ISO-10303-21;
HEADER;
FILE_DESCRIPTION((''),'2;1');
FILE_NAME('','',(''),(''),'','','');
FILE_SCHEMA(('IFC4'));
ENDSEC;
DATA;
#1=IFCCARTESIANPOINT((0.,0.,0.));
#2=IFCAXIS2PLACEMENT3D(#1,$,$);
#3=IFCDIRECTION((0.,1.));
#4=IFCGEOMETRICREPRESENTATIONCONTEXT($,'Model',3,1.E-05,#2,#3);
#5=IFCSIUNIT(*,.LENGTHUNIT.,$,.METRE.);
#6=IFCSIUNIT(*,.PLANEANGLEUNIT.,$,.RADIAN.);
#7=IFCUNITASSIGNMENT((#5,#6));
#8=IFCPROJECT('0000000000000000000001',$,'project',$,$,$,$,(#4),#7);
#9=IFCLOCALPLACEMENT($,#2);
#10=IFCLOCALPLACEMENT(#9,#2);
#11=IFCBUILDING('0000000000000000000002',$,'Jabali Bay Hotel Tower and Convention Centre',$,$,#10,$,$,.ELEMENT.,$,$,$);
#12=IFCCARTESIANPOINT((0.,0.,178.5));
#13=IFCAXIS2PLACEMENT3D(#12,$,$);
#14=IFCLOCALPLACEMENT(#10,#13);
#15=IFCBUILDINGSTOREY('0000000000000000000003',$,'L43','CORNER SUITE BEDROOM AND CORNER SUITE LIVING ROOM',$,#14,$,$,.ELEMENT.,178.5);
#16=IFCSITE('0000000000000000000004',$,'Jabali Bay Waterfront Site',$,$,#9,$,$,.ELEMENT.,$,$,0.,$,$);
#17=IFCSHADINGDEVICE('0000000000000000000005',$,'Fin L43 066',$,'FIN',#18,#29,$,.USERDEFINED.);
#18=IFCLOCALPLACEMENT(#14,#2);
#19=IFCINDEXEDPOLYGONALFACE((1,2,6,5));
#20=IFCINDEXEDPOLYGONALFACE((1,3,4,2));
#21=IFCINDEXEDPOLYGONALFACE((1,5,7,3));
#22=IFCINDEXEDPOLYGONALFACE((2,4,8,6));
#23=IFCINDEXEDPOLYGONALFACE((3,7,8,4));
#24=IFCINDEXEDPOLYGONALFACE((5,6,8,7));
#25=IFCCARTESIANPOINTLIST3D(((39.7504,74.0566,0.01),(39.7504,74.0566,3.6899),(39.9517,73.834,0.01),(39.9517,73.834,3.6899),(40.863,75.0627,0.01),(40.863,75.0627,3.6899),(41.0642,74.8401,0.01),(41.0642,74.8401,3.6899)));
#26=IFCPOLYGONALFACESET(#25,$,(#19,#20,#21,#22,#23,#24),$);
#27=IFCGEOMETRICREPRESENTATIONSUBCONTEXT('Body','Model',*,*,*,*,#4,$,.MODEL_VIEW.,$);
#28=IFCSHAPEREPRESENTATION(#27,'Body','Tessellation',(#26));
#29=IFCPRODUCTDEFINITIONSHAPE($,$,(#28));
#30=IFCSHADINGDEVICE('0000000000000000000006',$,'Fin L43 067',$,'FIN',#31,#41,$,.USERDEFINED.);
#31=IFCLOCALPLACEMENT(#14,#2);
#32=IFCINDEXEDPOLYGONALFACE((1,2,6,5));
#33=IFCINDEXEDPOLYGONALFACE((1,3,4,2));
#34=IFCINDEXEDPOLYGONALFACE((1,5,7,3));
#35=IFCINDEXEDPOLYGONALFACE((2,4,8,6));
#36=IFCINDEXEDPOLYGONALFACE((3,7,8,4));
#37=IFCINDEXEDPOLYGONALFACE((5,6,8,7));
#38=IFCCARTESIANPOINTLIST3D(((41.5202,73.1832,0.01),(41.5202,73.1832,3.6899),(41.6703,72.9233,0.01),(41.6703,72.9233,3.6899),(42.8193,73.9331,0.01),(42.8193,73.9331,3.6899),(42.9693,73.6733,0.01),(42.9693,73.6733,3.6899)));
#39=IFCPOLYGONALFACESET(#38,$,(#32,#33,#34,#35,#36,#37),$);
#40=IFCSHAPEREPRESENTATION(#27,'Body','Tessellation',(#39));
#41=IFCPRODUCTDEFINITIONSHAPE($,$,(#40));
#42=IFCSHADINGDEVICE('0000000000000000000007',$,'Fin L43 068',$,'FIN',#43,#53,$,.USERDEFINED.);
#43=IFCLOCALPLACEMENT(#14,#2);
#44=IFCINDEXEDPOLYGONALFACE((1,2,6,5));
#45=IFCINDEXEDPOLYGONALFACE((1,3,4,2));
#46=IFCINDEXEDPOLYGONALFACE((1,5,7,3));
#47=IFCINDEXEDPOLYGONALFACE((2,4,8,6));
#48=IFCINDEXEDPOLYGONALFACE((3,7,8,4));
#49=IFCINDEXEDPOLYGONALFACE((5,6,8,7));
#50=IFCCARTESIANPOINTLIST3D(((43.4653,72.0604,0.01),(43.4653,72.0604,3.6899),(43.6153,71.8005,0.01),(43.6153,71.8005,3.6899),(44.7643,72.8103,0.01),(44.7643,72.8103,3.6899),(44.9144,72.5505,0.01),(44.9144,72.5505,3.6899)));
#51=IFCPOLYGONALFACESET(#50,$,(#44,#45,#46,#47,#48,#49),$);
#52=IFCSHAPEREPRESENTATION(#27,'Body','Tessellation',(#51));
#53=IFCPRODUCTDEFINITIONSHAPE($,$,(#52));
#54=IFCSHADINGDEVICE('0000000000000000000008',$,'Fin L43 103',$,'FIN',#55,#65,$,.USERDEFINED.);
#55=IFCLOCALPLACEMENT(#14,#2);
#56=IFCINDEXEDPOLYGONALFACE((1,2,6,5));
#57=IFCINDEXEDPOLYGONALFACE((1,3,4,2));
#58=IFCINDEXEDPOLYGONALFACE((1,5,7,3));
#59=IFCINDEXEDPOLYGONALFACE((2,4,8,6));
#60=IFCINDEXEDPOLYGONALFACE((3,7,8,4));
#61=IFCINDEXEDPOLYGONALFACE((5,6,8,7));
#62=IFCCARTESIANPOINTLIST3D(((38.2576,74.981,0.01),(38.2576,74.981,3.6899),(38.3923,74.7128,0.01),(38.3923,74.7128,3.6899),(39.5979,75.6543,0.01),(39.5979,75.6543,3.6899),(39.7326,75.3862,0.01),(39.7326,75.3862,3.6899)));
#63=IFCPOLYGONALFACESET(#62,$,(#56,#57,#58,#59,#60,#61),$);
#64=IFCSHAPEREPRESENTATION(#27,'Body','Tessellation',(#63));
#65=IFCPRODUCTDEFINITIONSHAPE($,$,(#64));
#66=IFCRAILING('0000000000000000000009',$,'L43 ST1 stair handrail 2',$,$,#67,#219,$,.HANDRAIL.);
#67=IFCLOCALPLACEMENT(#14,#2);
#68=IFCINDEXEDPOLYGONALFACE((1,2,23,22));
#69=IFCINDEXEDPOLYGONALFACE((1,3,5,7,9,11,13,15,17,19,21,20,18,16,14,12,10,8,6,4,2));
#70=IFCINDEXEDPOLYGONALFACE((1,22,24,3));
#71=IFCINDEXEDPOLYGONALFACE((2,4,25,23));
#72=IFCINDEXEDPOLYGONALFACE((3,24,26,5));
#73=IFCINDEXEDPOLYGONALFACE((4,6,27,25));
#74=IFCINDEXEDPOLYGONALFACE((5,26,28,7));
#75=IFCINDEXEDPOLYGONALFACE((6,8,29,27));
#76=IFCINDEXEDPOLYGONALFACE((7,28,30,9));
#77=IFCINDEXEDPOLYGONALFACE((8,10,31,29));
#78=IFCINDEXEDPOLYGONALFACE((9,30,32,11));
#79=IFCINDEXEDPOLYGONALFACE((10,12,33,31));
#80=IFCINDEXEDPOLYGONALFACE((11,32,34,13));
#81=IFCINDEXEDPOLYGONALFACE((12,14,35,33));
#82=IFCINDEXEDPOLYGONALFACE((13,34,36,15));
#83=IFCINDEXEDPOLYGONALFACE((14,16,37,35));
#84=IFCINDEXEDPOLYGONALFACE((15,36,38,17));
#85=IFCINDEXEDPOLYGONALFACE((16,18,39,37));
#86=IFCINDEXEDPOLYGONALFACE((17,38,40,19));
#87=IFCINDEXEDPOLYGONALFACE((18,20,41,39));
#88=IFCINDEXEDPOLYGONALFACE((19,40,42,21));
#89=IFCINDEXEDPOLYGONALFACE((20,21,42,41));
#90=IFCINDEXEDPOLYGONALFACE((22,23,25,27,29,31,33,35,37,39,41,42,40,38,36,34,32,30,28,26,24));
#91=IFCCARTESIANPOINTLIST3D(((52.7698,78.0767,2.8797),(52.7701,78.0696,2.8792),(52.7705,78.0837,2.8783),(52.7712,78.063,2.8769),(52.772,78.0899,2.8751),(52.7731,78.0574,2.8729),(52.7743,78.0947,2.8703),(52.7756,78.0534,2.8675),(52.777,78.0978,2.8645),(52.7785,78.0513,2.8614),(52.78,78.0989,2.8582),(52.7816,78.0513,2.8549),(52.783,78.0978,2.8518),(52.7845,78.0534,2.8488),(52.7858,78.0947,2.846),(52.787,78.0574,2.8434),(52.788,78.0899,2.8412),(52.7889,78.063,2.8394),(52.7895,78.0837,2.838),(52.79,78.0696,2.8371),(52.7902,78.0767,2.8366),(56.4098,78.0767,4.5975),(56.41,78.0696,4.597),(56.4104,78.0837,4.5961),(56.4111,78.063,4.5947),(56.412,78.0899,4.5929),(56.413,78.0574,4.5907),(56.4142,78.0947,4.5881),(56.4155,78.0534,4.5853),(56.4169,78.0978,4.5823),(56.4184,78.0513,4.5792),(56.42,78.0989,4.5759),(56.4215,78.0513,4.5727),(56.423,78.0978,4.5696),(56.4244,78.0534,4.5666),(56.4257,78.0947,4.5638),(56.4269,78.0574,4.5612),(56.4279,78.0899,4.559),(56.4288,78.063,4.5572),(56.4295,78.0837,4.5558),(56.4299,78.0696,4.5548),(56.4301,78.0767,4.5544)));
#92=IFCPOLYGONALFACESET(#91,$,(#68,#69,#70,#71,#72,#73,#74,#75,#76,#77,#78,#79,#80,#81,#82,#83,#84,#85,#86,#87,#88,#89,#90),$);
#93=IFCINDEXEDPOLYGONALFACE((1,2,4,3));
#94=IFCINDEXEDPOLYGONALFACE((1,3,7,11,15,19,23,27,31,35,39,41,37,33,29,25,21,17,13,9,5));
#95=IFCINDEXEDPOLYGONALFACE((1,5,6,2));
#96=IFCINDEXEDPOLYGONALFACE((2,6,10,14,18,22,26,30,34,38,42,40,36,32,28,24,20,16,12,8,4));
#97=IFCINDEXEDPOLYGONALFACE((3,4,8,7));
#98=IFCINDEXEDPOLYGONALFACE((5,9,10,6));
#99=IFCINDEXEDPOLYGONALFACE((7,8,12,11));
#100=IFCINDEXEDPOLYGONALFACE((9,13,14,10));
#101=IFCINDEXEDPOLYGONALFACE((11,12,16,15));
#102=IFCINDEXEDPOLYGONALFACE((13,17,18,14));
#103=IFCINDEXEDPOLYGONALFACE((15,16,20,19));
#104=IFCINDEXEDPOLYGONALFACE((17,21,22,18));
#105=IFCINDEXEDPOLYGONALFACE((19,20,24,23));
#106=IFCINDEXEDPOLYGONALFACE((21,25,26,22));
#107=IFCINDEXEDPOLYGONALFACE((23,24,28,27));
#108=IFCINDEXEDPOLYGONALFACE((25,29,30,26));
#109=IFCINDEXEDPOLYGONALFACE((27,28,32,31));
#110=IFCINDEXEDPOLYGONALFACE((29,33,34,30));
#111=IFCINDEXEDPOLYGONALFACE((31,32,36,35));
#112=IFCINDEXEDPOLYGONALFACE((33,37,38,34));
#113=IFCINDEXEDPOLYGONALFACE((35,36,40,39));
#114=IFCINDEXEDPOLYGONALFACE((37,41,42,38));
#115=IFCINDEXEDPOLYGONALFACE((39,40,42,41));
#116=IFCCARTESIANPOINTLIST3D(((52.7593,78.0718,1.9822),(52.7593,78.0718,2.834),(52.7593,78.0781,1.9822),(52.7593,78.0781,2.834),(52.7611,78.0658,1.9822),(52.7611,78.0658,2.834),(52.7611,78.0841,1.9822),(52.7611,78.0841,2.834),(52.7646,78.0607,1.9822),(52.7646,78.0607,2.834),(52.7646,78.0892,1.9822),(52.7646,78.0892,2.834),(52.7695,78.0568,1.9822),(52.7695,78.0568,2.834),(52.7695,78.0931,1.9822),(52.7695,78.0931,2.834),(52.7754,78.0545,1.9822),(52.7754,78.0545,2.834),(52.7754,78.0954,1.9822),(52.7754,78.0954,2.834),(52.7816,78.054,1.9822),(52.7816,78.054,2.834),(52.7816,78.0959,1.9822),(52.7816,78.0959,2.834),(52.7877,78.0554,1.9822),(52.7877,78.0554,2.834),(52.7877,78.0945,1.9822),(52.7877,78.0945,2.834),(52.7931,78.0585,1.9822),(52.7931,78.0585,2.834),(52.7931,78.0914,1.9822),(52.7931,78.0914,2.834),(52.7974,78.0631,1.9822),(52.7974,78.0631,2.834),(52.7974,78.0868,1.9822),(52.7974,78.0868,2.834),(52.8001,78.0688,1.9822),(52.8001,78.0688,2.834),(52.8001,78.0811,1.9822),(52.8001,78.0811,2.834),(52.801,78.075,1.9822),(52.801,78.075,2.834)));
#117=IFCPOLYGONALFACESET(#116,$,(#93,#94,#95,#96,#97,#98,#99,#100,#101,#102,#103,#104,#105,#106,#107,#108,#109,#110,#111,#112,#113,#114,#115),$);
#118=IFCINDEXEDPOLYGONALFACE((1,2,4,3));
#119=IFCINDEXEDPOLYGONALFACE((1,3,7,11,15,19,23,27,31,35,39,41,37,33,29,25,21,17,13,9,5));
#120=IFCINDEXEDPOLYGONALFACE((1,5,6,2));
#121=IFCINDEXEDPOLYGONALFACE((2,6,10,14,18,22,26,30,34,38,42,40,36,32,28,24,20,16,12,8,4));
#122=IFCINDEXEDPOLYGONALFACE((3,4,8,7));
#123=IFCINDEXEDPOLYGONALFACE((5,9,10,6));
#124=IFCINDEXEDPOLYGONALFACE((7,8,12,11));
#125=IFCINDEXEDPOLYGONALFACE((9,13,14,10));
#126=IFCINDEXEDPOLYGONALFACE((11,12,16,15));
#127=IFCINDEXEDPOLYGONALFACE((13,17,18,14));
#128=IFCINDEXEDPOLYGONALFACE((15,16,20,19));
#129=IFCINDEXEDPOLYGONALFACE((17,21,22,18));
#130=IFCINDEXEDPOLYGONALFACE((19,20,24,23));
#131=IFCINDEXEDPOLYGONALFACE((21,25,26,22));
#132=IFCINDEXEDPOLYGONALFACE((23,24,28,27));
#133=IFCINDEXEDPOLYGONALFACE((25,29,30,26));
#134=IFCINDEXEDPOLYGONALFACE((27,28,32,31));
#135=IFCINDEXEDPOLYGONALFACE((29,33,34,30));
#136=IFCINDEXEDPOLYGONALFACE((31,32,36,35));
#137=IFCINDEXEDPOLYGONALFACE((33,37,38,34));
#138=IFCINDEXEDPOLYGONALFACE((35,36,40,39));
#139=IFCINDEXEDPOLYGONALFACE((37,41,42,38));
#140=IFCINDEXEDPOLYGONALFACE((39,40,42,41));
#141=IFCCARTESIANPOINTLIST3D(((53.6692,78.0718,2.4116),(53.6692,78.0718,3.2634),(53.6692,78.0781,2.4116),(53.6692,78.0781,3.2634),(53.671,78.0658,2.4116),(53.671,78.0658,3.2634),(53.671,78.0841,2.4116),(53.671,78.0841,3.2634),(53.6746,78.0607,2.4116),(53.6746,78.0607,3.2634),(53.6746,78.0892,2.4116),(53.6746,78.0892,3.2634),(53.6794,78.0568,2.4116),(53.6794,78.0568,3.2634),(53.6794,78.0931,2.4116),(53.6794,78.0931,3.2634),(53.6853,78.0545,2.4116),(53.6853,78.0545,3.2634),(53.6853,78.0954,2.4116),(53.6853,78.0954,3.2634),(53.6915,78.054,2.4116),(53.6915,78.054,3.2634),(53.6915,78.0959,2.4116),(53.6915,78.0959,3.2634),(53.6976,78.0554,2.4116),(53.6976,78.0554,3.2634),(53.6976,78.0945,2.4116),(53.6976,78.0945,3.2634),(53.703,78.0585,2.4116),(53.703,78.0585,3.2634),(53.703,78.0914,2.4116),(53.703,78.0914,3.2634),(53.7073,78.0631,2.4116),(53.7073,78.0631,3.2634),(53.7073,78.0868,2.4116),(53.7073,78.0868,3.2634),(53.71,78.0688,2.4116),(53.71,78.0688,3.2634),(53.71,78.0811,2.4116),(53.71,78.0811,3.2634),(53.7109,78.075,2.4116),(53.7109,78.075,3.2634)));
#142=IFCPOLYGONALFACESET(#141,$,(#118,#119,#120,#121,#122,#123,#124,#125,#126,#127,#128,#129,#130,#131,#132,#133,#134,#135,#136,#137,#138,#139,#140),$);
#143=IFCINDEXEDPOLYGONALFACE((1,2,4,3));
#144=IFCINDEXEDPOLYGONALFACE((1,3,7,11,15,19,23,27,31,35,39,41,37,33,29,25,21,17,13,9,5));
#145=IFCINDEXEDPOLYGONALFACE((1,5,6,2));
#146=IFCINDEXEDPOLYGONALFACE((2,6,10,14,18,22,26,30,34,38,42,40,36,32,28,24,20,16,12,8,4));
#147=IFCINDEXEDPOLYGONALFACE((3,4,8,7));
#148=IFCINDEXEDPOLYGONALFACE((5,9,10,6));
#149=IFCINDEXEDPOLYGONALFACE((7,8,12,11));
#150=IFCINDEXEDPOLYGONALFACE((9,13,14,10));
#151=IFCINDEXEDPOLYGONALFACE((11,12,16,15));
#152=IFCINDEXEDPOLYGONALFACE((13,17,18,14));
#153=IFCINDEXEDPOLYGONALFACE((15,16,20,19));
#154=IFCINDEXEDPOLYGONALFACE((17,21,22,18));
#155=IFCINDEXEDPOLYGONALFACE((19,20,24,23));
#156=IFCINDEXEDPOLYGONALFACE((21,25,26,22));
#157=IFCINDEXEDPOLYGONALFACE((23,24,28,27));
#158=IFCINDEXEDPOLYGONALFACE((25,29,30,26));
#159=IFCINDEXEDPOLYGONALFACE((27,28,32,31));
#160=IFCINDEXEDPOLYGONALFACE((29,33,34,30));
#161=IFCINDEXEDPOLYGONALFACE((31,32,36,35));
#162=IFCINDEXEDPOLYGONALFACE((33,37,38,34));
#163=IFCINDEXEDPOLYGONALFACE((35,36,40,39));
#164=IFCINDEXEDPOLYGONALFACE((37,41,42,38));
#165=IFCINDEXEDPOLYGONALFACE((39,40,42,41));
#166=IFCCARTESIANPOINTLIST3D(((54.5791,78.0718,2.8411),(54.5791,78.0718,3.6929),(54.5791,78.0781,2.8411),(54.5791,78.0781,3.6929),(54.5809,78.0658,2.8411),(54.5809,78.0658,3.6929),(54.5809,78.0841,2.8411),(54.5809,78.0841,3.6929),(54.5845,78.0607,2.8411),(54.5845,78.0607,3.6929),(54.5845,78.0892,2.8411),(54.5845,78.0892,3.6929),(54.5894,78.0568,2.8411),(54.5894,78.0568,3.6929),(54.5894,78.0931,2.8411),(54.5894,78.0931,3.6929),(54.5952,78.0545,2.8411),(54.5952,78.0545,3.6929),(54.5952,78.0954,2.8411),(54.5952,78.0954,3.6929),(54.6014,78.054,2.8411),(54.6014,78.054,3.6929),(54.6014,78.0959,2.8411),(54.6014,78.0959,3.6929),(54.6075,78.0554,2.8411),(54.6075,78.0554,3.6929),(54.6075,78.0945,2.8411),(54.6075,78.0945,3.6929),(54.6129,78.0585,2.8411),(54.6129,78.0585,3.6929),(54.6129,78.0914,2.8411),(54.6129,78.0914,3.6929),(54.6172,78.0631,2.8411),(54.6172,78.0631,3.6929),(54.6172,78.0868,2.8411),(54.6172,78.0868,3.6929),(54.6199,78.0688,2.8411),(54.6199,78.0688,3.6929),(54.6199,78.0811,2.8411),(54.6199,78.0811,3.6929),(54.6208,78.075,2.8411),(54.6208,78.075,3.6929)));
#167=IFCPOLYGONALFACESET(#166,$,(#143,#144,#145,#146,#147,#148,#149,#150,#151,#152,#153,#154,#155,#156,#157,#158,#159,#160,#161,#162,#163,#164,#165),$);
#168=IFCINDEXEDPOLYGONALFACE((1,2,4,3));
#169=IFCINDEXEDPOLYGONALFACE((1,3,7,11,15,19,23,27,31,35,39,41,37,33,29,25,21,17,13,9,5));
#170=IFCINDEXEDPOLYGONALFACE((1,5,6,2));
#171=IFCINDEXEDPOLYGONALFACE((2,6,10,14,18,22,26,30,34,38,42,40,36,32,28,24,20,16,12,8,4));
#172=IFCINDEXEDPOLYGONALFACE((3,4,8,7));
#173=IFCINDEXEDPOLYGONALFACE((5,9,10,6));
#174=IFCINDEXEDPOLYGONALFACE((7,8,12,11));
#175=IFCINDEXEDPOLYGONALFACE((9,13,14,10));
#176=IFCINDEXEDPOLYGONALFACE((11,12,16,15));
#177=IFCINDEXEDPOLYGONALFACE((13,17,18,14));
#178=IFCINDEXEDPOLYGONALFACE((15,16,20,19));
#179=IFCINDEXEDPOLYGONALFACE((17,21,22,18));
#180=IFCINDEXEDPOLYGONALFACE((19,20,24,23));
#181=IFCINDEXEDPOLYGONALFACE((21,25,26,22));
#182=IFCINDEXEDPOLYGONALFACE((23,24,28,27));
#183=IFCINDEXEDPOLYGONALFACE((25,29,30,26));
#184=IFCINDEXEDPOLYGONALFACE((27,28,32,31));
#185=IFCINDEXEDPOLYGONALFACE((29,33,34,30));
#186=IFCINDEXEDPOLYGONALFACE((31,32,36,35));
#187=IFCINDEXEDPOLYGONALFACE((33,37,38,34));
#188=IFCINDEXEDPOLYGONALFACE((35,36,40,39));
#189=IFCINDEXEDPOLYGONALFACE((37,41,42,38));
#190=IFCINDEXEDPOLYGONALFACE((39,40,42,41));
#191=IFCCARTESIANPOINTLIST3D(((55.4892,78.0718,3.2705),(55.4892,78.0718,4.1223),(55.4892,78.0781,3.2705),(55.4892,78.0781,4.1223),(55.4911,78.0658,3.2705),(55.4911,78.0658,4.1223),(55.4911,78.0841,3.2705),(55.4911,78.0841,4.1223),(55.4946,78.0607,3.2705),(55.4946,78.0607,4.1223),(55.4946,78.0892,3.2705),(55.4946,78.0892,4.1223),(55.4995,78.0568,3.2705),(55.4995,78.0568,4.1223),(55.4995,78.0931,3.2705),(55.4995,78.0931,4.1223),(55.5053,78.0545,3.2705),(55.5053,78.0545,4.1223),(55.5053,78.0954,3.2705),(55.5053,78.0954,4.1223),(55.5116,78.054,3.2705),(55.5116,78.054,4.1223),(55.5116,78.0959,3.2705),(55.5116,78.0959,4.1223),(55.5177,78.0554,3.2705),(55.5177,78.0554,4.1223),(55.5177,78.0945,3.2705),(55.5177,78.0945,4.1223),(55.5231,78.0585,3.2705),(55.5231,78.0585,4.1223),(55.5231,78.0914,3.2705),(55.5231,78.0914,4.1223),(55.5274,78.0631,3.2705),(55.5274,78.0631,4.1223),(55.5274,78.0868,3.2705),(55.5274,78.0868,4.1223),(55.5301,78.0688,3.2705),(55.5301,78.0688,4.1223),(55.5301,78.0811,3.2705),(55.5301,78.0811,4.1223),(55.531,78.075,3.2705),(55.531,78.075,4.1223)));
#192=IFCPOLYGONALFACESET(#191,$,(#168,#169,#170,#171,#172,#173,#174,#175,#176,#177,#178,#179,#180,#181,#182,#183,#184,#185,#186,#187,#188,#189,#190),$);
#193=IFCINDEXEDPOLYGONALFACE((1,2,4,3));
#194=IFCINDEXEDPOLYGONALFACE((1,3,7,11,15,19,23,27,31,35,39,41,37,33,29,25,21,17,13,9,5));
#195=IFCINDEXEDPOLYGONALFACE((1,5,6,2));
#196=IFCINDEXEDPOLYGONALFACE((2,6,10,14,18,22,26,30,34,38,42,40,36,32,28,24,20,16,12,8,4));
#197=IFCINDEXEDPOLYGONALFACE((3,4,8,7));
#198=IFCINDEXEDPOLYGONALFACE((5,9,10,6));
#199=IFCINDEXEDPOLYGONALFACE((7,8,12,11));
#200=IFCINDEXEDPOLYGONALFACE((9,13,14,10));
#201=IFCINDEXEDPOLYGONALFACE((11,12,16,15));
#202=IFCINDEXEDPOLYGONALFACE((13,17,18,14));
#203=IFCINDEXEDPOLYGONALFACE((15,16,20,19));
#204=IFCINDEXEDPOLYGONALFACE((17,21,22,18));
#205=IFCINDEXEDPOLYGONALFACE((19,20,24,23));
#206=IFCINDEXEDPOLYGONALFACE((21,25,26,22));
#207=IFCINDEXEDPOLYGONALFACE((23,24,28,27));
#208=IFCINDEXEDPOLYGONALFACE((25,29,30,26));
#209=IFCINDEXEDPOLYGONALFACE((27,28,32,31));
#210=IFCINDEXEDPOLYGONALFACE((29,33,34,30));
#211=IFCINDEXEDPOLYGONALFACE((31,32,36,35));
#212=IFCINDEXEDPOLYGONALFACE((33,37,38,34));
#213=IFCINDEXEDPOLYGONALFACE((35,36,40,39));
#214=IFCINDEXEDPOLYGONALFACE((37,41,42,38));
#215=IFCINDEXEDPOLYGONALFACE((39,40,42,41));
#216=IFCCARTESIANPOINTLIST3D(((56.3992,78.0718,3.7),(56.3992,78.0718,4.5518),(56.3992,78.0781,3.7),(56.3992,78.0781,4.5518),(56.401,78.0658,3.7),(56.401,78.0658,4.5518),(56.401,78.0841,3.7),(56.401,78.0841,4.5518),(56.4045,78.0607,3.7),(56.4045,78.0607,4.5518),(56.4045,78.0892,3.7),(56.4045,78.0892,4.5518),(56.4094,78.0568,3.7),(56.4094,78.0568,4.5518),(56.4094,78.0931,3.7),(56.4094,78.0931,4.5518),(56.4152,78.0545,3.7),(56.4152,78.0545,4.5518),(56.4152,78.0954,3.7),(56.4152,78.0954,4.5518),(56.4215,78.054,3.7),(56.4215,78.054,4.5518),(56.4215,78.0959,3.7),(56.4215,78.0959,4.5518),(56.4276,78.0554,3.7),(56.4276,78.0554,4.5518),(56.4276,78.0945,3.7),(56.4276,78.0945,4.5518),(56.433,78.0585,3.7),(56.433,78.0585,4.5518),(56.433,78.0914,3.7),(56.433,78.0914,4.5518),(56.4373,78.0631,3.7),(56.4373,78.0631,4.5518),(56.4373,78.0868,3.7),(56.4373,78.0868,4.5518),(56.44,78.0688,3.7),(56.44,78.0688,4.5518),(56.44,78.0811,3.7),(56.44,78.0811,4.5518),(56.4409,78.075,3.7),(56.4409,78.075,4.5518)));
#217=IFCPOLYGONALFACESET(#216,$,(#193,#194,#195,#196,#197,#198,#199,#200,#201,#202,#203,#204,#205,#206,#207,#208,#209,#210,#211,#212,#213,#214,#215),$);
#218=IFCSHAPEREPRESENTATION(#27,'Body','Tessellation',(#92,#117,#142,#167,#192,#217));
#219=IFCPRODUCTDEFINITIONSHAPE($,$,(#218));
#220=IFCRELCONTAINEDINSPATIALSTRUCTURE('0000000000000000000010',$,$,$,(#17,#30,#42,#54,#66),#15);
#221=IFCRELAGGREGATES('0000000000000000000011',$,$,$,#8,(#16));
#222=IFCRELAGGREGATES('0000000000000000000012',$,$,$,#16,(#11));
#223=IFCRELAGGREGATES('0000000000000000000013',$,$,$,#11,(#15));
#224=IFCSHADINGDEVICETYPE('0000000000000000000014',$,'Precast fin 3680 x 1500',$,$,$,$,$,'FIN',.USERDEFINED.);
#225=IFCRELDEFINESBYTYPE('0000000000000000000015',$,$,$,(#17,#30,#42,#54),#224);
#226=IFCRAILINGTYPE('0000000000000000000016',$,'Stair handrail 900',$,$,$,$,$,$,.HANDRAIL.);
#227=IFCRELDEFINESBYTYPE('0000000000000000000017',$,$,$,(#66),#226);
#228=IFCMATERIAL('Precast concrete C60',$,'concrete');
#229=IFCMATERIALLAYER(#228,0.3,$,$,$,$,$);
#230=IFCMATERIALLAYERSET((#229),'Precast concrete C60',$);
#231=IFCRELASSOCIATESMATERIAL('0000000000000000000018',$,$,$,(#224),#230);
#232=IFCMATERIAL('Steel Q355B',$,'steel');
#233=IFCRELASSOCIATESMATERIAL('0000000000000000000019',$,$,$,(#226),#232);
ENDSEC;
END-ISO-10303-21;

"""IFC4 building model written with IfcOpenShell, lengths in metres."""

from ifc_helpers import new_model, si_unit, direction, frame, frame_2d, origin, origin_2d, place, context, subcontext, project, spatial, rectangle, circle, extrude, material, layer, layer_set, type_object, element, save


model = new_model("IFC4")

# Units and contexts
model_context = context("Model", 3, precision=1e-05, world=origin(), true_north=direction((0.0, 1.0)))
body_context = subcontext(model_context, "Body", "Model", "MODEL_VIEW")
ifc_project = project(units=[si_unit("LENGTHUNIT", "METRE"), si_unit("PLANEANGLEUNIT", "RADIAN")], contexts=[model_context])

# Site, building, storey
site_placement = place(None, origin())
site = spatial("IfcSite", under=ifc_project, at=site_placement, Name="Jabali Bay Waterfront Site", CompositionType="ELEMENT", RefElevation=0.0)
building_placement = place(site_placement, origin())
building = spatial("IfcBuilding", under=site, at=building_placement, Name="Jabali Bay Hotel Tower and Convention Centre", CompositionType="ELEMENT")
storey_placement = place(building_placement, frame((0.0, 0.0, 178.5)))
storey = spatial("IfcBuildingStorey", under=building, at=storey_placement, Name="L43", Description="CORNER SUITE BEDROOM AND CORNER SUITE LIVING ROOM", CompositionType="ELEMENT", Elevation=178.5)

# Shading devices
ifc_material_1 = material(Name="Precast concrete C60", Category="concrete")
ifc_layer_1 = layer(ifc_material_1, 0.3)
ifc_layer_set_1 = layer_set([ifc_layer_1], Name="Precast concrete C60")
shading_device_type = type_object("IfcShadingDeviceType", Name="Precast fin 3680 x 1500", ElementType="FIN", PredefinedType="USERDEFINED", material=ifc_layer_set_1)
for number, where, z_axis, x_axis, name in (
    (1, (40.9636, 74.9514, 0.01), (0.0, 0.0, 1.0), (-0.741698, -0.670734, 0.0), "Fin L43 066"),
    (2, (42.8943, 73.8032, 0.01), (0.0, 0.0, 1.0), (-0.866031, -0.49999, 0.0), "Fin L43 067"),
    (3, (44.8394, 72.6804, 0.01), (0.0, 0.0, 1.0), (-0.866031, -0.49999, 0.0), "Fin L43 068"),
    (4, (39.6653, 75.5203, 0.01), (0.0, 0.0, 1.0), (-0.893579, -0.448906, 0.0), "Fin L43 103"),
):
    element("IfcShadingDevice", number, at=place(storey_placement, frame(where, z_axis=z_axis, x_axis=x_axis)), inside=storey, type_object=shading_device_type, Name=name, ObjectType="FIN", PredefinedType="USERDEFINED", context=body_context, shape_type="SweptSolid", body=[
        extrude(rectangle(XDim=1.5, YDim=0.3, at=frame_2d((0.75, 0.0))), origin(), (0.0, 0.0, 1.0), 3.6799),
    ])

# Railing
ifc_material_2 = material(Name="Steel Q355B", Category="steel")
railing_type = type_object("IfcRailingType", Name="Stair handrail 900", PredefinedType="HANDRAIL", material=ifc_material_2)
railing_placement = place(storey_placement, frame((52.78, 78.075, 1.9822)))
element("IfcRailing", 5, at=railing_placement, inside=storey, type_object=railing_type, Name="L43 ST1 stair handrail 2", PredefinedType="HANDRAIL", context=body_context, shape_type="SweptSolid", body=[
    extrude(circle(Radius=0.0239, at=origin_2d()), frame((0.0, 0.0, 0.876), z_axis=(0.904351, 0.0, 0.42679), x_axis=(0.0, 1.0, 0.0)), (0.0, 0.0, 1.0), 4.0249),
    extrude(circle(Radius=0.021, at=origin_2d()), origin(), (0.0, 0.0, 1.0), 0.8518),
    extrude(circle(Radius=0.021, at=origin_2d()), frame((0.9099, 0.0, 0.4294)), (0.0, 0.0, 1.0), 0.8518),
    extrude(circle(Radius=0.021, at=origin_2d()), frame((1.8198, 0.0, 0.8589)), (0.0, 0.0, 1.0), 0.8518),
    extrude(circle(Radius=0.021, at=origin_2d()), frame((2.73, 0.0, 1.2883)), (0.0, 0.0, 1.0), 0.8518),
    extrude(circle(Radius=0.021, at=origin_2d()), frame((3.6399, 0.0, 1.7178)), (0.0, 0.0, 1.0), 0.8518),
])

save(model, "model.ifc")
